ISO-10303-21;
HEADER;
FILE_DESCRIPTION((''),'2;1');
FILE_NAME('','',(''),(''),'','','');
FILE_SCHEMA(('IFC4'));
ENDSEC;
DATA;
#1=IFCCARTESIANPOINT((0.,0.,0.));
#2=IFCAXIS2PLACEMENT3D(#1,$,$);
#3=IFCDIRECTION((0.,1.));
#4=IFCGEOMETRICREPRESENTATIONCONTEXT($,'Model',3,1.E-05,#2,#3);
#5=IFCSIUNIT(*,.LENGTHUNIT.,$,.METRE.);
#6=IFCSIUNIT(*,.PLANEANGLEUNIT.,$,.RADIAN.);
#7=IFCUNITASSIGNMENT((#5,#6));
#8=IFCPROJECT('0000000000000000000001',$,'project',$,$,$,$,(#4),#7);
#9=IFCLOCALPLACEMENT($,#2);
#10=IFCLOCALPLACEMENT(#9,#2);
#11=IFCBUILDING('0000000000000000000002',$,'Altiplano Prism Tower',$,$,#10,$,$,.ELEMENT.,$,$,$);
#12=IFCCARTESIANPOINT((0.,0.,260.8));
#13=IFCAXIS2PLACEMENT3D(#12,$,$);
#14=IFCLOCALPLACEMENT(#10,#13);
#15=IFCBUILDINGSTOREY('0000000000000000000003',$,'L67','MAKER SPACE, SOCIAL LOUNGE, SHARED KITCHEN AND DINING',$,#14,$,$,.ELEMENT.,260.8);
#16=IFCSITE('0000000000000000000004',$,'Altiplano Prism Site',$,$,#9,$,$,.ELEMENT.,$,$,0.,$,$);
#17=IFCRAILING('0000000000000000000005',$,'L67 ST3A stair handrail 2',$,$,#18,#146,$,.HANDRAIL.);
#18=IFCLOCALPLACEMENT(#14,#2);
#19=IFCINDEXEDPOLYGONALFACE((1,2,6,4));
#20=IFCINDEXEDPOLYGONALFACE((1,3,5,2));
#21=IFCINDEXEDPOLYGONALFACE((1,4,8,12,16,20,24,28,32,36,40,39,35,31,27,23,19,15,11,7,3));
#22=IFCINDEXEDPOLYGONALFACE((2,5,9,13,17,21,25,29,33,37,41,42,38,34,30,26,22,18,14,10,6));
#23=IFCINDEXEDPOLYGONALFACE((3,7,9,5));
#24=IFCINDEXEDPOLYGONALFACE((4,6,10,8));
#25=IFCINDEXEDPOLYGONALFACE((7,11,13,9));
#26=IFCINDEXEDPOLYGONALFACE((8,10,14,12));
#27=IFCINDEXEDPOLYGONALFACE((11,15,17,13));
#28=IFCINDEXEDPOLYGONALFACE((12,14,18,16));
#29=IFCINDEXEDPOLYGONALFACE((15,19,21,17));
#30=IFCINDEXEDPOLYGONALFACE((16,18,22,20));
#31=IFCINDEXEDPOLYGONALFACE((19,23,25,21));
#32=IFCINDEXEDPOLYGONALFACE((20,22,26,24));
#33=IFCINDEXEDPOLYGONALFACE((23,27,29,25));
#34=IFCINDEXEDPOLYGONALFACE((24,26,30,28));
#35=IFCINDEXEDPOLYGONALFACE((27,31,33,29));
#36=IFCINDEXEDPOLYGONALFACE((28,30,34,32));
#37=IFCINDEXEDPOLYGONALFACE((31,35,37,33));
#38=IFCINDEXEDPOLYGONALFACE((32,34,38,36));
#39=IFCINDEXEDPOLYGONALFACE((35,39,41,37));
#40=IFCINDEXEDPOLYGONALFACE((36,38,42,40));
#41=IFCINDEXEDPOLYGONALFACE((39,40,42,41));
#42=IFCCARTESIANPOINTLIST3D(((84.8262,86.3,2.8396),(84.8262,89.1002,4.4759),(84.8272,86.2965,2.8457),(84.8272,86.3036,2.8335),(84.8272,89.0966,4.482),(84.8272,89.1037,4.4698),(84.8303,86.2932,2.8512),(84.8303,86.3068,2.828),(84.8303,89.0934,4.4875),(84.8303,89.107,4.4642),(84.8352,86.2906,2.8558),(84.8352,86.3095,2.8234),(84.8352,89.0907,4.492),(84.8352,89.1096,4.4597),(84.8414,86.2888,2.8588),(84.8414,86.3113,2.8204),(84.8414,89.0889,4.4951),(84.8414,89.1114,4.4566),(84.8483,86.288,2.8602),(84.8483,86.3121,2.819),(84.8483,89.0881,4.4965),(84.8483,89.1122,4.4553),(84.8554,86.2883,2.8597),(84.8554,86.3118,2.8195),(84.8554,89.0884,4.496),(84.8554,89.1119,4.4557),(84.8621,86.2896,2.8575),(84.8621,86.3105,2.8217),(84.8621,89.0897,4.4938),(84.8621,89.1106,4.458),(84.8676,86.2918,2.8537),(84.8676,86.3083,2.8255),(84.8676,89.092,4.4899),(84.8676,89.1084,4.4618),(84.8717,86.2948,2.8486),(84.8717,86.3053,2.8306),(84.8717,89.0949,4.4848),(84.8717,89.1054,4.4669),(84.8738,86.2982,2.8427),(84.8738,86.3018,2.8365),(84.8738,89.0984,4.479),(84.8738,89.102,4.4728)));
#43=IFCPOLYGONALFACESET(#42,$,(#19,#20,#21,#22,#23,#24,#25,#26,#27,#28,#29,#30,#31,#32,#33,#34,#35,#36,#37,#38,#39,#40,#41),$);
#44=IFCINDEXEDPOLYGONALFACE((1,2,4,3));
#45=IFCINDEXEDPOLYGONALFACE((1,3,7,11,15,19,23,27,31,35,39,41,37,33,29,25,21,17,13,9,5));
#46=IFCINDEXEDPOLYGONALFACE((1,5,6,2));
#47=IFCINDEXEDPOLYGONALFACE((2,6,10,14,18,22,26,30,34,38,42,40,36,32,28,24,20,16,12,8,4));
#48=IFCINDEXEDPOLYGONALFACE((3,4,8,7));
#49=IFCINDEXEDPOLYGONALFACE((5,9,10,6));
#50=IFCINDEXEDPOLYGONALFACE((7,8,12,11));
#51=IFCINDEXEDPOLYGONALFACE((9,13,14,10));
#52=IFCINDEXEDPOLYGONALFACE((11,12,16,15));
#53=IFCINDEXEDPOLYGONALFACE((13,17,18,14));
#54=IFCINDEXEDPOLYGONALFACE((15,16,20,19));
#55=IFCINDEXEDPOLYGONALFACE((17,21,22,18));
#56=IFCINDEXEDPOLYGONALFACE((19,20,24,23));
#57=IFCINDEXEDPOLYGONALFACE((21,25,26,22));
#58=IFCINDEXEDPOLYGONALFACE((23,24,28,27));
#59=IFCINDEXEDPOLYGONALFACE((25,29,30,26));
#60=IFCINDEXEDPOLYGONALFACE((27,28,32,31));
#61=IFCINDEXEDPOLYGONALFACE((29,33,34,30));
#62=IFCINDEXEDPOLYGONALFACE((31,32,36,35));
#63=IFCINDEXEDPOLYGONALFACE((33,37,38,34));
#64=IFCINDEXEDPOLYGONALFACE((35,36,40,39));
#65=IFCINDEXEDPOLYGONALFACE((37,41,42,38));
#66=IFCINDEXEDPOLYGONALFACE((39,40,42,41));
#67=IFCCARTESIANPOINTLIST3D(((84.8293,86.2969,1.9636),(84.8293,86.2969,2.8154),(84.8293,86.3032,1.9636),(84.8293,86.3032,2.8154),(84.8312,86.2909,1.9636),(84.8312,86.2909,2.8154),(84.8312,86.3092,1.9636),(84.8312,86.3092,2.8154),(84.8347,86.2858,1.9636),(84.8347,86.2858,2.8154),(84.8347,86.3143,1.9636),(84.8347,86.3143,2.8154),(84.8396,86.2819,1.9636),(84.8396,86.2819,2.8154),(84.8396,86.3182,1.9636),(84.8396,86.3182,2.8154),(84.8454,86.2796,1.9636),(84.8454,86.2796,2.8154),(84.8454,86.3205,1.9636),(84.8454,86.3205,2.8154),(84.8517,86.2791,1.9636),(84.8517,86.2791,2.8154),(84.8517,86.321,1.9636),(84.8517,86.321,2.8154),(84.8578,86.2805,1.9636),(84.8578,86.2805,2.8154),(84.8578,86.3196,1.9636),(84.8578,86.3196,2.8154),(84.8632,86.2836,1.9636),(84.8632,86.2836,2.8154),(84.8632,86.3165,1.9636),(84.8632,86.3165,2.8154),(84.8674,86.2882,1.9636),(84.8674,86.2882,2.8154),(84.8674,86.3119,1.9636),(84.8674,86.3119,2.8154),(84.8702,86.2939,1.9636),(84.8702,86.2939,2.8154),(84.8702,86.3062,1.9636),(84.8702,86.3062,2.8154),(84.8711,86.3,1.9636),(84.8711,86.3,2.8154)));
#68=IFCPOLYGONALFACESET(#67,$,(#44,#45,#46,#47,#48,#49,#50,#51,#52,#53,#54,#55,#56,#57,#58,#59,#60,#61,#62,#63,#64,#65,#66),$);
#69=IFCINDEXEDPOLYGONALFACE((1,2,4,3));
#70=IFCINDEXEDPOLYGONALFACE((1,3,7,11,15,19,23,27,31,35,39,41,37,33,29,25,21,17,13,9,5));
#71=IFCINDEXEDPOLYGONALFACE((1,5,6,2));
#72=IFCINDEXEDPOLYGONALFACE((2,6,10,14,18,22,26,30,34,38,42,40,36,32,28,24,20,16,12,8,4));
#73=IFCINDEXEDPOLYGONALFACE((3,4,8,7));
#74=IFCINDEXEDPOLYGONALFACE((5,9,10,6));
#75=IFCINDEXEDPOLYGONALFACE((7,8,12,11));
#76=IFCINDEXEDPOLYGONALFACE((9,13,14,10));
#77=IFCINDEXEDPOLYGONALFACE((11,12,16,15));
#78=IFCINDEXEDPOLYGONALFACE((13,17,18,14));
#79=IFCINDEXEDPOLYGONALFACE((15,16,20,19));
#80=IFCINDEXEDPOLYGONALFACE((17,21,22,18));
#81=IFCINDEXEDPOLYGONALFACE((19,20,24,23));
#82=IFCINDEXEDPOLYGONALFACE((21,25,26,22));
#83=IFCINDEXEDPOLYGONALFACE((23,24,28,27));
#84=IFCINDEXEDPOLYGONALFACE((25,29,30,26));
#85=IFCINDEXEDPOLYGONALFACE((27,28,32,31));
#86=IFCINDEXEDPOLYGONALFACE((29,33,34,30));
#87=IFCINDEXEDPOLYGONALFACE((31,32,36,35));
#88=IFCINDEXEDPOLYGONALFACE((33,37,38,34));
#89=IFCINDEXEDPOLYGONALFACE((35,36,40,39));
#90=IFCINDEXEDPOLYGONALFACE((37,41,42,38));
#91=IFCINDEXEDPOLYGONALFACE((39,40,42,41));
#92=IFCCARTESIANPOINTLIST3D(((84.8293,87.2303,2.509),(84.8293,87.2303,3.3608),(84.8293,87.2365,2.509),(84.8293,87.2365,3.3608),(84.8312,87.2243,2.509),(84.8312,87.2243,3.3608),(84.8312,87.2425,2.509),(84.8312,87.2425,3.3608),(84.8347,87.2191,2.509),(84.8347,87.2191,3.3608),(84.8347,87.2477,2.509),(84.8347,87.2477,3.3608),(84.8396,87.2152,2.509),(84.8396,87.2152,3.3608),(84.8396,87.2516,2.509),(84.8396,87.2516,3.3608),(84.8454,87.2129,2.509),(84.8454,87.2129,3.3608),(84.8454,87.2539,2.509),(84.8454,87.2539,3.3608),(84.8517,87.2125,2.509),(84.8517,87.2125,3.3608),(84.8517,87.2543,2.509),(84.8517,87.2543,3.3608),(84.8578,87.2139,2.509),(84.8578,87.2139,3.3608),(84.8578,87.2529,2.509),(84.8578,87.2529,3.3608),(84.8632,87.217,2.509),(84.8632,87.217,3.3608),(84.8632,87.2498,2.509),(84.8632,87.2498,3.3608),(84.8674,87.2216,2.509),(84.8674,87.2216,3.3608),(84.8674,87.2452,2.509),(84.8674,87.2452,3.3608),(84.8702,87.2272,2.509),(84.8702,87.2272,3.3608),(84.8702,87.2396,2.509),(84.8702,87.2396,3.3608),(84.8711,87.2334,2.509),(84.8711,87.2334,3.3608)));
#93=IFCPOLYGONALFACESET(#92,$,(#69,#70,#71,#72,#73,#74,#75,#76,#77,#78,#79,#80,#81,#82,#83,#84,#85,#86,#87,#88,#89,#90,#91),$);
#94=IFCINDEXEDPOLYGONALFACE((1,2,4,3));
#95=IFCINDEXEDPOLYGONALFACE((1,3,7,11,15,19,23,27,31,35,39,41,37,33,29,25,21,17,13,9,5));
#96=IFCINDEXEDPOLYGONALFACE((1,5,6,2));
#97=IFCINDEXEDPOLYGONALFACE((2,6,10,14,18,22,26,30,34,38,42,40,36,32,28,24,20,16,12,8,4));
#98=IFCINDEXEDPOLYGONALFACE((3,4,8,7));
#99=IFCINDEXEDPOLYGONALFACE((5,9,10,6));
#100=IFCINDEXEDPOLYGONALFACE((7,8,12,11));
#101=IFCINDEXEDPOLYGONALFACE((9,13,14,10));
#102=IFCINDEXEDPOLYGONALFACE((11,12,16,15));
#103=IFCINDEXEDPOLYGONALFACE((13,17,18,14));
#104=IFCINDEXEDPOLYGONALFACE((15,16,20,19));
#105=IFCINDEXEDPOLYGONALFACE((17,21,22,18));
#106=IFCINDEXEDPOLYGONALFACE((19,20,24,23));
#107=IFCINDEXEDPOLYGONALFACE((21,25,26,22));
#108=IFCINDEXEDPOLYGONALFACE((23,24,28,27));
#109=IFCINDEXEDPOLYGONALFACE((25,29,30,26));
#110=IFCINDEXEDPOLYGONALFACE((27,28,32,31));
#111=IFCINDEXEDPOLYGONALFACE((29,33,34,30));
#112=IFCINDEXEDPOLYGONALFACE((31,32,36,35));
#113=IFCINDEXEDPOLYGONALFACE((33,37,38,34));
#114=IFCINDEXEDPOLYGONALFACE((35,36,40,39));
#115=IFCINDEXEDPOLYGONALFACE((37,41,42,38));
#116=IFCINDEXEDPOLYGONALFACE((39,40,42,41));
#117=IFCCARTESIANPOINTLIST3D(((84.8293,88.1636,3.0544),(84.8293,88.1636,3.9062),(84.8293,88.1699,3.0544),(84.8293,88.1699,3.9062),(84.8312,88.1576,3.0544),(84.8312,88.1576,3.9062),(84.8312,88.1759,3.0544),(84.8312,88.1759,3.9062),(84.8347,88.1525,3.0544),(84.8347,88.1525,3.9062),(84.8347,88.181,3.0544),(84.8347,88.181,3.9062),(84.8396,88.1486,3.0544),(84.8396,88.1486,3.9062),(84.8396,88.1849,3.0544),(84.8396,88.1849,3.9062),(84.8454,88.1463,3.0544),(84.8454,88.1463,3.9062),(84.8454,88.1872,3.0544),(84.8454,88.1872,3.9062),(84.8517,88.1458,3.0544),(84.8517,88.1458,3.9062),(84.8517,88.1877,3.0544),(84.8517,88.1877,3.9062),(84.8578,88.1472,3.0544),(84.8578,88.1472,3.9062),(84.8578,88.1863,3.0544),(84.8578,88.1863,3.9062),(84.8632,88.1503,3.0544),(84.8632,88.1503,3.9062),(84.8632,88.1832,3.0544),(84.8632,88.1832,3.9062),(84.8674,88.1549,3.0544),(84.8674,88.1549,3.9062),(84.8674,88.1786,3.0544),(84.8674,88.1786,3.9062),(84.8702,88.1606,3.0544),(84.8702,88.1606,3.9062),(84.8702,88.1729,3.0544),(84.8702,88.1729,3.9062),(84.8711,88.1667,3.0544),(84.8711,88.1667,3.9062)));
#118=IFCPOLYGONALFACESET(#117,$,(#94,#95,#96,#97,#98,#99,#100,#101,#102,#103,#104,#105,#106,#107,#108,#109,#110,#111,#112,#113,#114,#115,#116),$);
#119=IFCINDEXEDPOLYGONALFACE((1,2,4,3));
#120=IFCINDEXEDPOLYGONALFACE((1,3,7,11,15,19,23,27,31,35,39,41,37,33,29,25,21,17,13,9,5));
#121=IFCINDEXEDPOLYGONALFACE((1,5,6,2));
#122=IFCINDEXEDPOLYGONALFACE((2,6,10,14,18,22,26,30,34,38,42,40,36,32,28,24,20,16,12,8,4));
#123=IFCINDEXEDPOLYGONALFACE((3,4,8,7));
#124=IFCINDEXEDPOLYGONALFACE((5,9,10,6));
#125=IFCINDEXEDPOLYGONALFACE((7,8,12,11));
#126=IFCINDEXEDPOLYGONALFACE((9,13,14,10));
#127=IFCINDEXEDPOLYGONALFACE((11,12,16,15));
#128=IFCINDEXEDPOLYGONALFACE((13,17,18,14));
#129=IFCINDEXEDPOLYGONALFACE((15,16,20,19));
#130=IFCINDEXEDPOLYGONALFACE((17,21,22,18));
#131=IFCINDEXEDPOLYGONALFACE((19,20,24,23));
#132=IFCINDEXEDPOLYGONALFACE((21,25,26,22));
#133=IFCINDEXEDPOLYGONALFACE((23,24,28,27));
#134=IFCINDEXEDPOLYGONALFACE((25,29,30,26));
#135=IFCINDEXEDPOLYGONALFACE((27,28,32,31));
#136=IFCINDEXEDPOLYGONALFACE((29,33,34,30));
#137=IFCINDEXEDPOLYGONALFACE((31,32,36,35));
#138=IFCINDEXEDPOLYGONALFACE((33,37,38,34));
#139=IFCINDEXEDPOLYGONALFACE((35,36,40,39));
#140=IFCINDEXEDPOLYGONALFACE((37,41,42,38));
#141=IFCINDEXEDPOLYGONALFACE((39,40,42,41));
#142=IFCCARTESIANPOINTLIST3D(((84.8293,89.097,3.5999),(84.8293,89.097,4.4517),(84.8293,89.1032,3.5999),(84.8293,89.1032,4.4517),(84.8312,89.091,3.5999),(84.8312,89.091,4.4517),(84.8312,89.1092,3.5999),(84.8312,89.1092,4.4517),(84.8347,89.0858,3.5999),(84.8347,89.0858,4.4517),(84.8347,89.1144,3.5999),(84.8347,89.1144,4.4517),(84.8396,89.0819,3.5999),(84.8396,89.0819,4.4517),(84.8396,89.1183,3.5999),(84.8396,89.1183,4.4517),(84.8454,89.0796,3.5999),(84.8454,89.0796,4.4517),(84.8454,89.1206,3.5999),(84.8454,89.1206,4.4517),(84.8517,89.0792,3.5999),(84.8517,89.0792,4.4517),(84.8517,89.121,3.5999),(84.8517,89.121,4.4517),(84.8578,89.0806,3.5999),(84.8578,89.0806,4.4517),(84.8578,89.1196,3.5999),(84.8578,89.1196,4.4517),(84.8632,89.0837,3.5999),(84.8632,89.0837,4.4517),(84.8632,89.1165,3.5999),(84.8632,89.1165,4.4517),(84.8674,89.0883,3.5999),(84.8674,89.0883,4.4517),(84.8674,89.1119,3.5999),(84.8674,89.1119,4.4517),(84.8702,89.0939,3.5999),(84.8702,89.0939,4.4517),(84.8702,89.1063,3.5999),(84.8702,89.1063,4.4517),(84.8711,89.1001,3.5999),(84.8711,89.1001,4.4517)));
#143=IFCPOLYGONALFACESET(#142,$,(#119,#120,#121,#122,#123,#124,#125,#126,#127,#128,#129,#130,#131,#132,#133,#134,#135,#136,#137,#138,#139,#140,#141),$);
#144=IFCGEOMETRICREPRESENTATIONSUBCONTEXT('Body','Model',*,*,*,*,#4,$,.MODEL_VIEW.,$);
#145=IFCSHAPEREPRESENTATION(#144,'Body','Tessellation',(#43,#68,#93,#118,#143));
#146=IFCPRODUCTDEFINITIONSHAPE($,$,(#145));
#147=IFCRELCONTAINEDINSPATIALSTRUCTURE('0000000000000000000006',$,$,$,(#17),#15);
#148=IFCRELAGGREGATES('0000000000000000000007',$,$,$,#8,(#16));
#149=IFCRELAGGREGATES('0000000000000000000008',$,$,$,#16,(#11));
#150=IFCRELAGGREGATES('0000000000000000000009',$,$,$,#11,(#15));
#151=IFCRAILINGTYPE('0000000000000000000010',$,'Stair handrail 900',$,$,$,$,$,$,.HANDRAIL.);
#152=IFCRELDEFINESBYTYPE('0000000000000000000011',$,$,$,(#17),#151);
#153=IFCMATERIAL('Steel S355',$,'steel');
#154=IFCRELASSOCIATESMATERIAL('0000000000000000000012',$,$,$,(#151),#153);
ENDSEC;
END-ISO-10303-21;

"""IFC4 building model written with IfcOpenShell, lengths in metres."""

from ifc_helpers import new_model, si_unit, direction, frame, origin, origin_2d, place, context, subcontext, project, spatial, circle, extrude, material, type_object, element, save


model = new_model("IFC4")

# Units and contexts
model_context = context("Model", 3, precision=1e-05, world=origin(), true_north=direction((0.0, 1.0)))
body_context = subcontext(model_context, "Body", "Model", "MODEL_VIEW")
ifc_project = project(units=[si_unit("LENGTHUNIT", "METRE"), si_unit("PLANEANGLEUNIT", "RADIAN")], contexts=[model_context])

# Site, building, storey
site_placement = place(None, origin())
site = spatial("IfcSite", under=ifc_project, at=site_placement, Name="Altiplano Prism Site", CompositionType="ELEMENT", RefElevation=0.0)
building_placement = place(site_placement, origin())
building = spatial("IfcBuilding", under=site, at=building_placement, Name="Altiplano Prism Tower", CompositionType="ELEMENT")
storey_placement = place(building_placement, frame((0.0, 0.0, 260.8)))
storey = spatial("IfcBuildingStorey", under=building, at=storey_placement, Name="L67", Description="MAKER SPACE, SOCIAL LOUNGE, SHARED KITCHEN AND DINING", CompositionType="ELEMENT", Elevation=260.8)

# Railing
ifc_material_1 = material(Name="Steel S355", Category="steel")
railing_type_1 = type_object("IfcRailingType", Name="Stair handrail 900", PredefinedType="HANDRAIL", material=ifc_material_1)
railing_1_placement = place(storey_placement, frame((84.8501, 86.3, 1.9636)))
element("IfcRailing", 1, at=railing_1_placement, inside=storey, type_object=railing_type_1, Name="L67 ST3A stair handrail 2", PredefinedType="HANDRAIL", context=body_context, shape_type="SweptSolid", body=[
    extrude(circle(Radius=0.0239, at=origin_2d()), frame((0.0, 0.0, 0.876), z_axis=(0.0, 0.863394, 0.504531), x_axis=(-1.0, 0.0, 0.0)), (0.0, 0.0, 1.0), 3.2432),
    extrude(circle(Radius=0.021, at=origin_2d()), origin(), (0.0, 0.0, 1.0), 0.8518),
    extrude(circle(Radius=0.021, at=origin_2d()), frame((0.0, 0.9333, 0.5454)), (0.0, 0.0, 1.0), 0.8518),
    extrude(circle(Radius=0.021, at=origin_2d()), frame((0.0, 1.8667, 1.0908)), (0.0, 0.0, 1.0), 0.8518),
    extrude(circle(Radius=0.021, at=origin_2d()), frame((0.0, 2.8, 1.6362)), (0.0, 0.0, 1.0), 0.8518),
])

save(model, "model.ifc")
